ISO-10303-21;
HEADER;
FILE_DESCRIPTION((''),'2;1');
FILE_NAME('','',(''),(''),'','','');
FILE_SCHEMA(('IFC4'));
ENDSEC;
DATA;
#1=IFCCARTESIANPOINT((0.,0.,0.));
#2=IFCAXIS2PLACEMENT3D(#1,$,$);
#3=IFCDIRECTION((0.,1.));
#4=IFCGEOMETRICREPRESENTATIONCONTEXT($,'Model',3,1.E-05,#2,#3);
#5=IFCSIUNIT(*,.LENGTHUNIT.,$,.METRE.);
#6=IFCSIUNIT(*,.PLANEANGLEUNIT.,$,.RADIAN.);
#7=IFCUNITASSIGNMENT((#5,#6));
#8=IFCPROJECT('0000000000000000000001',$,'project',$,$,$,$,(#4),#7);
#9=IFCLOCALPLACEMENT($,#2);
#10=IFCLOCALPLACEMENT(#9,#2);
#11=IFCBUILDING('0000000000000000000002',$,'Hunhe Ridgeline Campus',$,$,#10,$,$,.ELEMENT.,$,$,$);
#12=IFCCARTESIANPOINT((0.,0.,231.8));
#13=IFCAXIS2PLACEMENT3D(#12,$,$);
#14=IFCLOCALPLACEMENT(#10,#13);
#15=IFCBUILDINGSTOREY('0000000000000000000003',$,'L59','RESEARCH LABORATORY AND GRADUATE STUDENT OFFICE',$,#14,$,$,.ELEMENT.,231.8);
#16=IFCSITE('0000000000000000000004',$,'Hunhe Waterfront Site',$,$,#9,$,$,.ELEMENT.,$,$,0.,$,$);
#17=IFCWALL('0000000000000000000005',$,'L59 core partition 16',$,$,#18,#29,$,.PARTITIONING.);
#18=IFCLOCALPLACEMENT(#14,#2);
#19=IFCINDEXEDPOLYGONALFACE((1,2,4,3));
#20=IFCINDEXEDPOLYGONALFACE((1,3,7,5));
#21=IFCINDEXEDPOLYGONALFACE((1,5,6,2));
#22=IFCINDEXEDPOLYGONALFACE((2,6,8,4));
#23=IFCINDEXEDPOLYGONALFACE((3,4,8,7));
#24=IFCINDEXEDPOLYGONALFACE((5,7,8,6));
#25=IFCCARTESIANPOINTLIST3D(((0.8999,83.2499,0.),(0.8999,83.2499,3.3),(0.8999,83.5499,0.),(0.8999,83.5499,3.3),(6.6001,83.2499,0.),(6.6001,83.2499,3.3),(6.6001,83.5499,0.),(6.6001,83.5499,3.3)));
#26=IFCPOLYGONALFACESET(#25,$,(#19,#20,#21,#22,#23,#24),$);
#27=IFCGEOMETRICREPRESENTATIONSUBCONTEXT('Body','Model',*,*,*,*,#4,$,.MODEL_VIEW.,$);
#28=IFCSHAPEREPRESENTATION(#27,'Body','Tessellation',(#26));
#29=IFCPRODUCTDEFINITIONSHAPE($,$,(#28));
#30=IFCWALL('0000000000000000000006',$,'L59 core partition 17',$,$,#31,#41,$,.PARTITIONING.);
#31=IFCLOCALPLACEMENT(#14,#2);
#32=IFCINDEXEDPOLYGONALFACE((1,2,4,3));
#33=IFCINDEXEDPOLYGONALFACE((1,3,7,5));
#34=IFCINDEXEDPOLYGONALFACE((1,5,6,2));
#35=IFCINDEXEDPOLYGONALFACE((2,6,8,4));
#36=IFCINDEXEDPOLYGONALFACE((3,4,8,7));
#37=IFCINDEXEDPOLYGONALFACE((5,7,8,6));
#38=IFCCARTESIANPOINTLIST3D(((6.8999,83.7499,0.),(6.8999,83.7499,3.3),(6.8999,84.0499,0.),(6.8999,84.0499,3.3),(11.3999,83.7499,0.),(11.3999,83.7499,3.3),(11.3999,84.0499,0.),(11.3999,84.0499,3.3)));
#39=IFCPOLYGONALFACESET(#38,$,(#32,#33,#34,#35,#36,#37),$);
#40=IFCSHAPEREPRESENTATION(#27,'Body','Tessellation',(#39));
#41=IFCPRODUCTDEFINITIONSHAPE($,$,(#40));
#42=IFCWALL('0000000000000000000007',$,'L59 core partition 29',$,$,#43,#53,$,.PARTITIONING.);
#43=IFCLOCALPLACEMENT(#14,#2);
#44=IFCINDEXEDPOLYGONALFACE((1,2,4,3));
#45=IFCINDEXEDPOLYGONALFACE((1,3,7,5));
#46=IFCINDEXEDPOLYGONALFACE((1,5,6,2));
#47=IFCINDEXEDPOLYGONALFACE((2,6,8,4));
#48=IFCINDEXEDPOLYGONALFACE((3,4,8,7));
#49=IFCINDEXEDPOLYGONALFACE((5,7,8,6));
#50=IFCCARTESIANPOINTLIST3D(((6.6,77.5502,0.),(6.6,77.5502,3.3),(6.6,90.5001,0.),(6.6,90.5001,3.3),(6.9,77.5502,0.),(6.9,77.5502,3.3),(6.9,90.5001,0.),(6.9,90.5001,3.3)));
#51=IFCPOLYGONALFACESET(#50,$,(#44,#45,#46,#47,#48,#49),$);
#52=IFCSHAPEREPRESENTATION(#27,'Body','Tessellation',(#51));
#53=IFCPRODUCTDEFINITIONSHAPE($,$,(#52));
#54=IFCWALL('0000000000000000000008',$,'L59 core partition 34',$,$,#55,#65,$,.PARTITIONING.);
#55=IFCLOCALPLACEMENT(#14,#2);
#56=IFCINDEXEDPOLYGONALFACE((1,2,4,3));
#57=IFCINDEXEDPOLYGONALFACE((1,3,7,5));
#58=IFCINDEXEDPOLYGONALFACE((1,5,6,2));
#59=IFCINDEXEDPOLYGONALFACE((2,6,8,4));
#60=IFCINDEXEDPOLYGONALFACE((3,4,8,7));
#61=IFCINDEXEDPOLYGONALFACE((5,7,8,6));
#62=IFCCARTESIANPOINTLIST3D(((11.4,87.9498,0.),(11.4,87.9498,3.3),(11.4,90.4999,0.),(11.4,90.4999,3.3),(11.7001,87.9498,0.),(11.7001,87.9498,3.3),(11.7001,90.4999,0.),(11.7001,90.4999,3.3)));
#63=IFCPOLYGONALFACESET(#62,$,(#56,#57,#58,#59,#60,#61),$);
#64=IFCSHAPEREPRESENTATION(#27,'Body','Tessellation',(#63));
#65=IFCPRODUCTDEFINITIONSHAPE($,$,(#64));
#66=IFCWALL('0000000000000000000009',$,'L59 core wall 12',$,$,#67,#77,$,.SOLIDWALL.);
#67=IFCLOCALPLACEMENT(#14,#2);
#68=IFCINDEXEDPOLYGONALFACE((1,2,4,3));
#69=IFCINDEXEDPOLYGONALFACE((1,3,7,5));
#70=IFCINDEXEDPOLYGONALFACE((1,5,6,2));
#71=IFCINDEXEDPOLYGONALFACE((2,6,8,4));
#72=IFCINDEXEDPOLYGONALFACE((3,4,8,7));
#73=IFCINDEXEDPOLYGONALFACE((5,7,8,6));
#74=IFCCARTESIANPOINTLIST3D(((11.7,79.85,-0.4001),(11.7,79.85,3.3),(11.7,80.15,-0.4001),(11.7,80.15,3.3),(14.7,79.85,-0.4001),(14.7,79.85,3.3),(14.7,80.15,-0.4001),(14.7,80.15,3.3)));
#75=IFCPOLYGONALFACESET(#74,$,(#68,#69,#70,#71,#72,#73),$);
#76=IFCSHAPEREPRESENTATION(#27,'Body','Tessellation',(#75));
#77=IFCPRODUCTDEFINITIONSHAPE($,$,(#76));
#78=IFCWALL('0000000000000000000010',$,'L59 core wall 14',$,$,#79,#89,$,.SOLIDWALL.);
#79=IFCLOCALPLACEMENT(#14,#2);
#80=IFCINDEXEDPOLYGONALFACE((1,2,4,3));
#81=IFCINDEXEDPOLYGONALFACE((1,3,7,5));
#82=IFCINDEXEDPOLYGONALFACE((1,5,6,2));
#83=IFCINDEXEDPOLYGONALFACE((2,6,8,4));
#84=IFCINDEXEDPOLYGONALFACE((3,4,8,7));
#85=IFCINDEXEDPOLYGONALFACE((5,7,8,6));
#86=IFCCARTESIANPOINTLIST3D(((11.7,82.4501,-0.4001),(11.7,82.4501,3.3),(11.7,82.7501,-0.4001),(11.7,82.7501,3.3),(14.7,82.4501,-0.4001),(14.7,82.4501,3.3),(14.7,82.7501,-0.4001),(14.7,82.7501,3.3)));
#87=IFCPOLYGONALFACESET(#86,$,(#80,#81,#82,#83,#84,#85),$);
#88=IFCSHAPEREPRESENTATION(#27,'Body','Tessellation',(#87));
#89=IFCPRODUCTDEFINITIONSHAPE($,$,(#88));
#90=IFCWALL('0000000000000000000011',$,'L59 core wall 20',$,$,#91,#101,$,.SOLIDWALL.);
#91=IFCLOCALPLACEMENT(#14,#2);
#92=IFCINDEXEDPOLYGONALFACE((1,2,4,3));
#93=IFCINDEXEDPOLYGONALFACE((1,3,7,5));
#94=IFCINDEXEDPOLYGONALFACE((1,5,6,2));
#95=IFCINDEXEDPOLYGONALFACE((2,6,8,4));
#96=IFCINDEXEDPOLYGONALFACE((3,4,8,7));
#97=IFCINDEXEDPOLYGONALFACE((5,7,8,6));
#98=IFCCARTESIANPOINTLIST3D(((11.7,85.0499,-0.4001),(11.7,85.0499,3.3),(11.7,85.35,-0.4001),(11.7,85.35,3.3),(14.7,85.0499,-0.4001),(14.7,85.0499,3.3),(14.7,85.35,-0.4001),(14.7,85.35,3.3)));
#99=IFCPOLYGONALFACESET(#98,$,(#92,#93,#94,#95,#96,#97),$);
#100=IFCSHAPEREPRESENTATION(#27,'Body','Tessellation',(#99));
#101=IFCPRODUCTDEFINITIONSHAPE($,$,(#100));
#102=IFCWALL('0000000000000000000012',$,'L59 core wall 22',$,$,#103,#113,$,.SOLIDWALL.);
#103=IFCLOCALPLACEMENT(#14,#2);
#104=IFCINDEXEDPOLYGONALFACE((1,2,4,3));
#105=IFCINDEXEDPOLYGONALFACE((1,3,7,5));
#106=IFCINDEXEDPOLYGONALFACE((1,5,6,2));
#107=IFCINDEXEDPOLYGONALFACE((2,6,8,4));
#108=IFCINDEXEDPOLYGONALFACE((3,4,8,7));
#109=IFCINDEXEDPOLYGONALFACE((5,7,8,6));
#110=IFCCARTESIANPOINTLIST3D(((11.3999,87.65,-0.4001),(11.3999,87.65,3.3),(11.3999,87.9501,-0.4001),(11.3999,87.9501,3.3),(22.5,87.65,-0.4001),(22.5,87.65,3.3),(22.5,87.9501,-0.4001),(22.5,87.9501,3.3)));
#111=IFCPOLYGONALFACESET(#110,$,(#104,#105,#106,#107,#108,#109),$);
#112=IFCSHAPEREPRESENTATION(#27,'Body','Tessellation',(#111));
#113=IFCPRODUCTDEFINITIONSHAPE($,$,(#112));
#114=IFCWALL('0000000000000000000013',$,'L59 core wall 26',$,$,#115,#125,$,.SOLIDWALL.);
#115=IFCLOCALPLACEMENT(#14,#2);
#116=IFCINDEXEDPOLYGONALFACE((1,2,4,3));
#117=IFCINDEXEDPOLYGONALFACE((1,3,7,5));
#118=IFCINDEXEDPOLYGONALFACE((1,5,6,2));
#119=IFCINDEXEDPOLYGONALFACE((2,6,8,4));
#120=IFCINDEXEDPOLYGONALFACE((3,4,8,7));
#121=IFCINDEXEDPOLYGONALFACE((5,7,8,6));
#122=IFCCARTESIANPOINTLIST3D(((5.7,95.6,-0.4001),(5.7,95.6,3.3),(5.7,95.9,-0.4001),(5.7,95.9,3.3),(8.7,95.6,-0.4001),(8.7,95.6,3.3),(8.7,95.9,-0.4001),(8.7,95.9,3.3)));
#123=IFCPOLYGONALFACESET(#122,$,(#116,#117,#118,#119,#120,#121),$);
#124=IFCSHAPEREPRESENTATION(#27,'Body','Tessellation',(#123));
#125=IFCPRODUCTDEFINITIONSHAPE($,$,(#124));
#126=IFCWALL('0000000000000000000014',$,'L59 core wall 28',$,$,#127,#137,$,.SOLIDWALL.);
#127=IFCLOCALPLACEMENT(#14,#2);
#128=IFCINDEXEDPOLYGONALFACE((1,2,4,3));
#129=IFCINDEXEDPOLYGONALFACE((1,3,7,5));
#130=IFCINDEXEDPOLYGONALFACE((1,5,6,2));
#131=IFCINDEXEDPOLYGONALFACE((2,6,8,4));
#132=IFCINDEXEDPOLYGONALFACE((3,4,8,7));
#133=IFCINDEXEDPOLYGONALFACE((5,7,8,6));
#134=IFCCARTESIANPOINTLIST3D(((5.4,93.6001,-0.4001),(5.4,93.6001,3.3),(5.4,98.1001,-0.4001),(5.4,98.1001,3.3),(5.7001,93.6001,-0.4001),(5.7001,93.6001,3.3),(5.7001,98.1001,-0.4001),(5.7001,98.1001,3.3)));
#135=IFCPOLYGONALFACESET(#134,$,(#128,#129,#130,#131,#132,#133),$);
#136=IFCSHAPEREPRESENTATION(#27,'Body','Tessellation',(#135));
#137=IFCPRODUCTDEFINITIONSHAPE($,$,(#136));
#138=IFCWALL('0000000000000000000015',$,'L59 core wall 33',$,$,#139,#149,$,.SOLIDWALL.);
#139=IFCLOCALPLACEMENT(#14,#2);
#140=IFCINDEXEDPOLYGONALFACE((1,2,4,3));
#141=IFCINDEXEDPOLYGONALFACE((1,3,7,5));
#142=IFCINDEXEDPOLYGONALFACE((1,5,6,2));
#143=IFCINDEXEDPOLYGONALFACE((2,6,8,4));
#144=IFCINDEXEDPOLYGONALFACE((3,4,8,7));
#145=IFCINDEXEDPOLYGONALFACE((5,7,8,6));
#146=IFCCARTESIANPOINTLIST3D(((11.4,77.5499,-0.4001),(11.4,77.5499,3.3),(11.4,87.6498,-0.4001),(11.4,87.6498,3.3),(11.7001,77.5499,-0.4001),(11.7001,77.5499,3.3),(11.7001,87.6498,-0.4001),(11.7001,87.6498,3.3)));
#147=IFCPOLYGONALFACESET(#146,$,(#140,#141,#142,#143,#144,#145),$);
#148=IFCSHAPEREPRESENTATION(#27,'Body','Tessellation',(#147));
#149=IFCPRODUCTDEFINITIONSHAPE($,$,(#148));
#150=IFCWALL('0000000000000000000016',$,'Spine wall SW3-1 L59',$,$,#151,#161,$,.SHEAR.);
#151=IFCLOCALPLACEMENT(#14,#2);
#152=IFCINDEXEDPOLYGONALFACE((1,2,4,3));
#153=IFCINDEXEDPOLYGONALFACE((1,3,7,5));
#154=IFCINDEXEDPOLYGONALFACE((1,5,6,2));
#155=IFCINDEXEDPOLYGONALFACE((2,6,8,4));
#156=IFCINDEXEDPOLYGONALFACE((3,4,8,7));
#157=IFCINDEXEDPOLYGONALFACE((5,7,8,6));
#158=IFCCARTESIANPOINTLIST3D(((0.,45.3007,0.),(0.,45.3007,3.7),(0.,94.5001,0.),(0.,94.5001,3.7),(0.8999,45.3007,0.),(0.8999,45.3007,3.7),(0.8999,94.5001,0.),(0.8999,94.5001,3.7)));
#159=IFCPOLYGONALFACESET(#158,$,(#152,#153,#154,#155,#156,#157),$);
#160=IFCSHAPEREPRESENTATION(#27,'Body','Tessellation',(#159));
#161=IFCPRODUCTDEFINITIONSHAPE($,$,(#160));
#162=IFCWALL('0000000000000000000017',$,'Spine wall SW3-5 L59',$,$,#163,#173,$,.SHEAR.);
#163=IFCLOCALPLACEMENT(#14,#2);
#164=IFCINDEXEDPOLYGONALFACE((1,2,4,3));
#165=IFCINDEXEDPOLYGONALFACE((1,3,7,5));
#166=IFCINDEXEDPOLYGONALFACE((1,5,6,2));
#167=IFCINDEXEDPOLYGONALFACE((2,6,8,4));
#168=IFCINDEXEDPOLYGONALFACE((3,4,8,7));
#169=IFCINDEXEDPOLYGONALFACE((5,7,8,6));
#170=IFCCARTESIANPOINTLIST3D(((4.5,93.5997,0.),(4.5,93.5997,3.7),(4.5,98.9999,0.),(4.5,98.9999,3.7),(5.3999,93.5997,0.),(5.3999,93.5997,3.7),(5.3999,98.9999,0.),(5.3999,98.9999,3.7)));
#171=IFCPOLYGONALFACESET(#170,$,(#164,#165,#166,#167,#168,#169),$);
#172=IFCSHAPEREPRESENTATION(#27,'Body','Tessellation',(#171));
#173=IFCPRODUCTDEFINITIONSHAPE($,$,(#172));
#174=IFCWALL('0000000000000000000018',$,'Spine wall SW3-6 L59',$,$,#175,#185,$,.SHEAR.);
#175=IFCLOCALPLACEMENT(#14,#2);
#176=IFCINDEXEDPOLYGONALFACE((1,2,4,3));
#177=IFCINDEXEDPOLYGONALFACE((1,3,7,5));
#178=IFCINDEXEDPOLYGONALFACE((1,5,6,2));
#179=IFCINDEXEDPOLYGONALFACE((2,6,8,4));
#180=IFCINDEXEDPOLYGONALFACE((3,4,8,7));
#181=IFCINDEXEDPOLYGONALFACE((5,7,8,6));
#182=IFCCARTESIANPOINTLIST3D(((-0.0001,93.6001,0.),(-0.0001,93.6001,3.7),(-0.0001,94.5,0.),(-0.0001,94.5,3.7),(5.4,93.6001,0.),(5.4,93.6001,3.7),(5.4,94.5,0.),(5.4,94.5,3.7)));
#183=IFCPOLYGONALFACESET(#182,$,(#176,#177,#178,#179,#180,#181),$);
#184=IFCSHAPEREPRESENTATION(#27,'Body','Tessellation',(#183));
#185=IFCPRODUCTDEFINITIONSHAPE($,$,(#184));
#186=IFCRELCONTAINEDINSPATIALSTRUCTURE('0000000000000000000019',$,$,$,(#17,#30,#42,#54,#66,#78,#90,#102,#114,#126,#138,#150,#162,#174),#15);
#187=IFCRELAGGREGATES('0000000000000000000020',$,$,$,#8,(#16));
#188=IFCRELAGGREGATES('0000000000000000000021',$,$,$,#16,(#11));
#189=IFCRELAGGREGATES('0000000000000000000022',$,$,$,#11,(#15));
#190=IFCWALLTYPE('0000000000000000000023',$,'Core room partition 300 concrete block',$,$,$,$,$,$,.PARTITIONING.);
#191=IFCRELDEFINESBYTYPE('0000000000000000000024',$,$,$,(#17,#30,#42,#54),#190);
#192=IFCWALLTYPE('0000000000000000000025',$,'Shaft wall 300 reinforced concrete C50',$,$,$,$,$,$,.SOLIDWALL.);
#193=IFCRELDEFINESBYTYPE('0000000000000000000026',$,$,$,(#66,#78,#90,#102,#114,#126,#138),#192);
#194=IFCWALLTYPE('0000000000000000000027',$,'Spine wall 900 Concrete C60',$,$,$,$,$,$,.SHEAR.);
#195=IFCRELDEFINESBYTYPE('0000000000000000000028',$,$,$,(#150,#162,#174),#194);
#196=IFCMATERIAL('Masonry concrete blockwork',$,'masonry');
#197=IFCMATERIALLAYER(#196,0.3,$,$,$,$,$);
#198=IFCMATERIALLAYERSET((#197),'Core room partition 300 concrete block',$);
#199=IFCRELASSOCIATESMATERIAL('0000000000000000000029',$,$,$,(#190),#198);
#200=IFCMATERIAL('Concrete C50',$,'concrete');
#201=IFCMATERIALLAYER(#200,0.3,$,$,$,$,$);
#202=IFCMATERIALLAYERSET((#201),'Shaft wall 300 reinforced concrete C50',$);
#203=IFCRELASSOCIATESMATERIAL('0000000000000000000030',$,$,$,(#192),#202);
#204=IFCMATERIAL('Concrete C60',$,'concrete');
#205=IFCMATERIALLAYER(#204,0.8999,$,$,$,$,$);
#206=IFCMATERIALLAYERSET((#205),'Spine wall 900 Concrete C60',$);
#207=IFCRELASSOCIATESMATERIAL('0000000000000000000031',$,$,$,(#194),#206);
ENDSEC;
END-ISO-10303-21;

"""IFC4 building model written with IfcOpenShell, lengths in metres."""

from ifc_helpers import new_model, si_unit, direction, frame, frame_2d, origin, place, context, subcontext, project, spatial, rectangle, extrude, material, layer, layer_set, type_object, element, save


model = new_model("IFC4")

# Units and contexts
model_context = context("Model", 3, precision=1e-05, world=origin(), true_north=direction((0.0, 1.0)))
body_context = subcontext(model_context, "Body", "Model", "MODEL_VIEW")
ifc_project = project(units=[si_unit("LENGTHUNIT", "METRE"), si_unit("PLANEANGLEUNIT", "RADIAN")], contexts=[model_context])

# Site, building, storey
site_placement = place(None, origin())
site = spatial("IfcSite", under=ifc_project, at=site_placement, Name="Hunhe Waterfront Site", CompositionType="ELEMENT", RefElevation=0.0)
building_placement = place(site_placement, origin())
building = spatial("IfcBuilding", under=site, at=building_placement, Name="Hunhe Ridgeline Campus", CompositionType="ELEMENT")
storey_placement = place(building_placement, frame((0.0, 0.0, 231.8)))
storey = spatial("IfcBuildingStorey", under=building, at=storey_placement, Name="L59", Description="RESEARCH LABORATORY AND GRADUATE STUDENT OFFICE", CompositionType="ELEMENT", Elevation=231.8)

# Walls
ifc_material_1 = material(Name="Masonry concrete blockwork", Category="masonry")
ifc_layer_1 = layer(ifc_material_1, 0.3)
ifc_layer_set_1 = layer_set([ifc_layer_1], Name="Core room partition 300 concrete block")
wall_type_1 = type_object("IfcWallType", Name="Core room partition 300 concrete block", PredefinedType="PARTITIONING", material=ifc_layer_set_1)
wall_1_placement = place(storey_placement, frame((0.8999, 83.3999, 0.0), z_axis=(0.0, 0.0, 1.0), x_axis=(1.0, 0.0, 0.0)))
element("IfcWall", 1, at=wall_1_placement, inside=storey, type_object=wall_type_1, Name="L59 core partition 16", PredefinedType="PARTITIONING", context=body_context, shape_type="SweptSolid", body=[
    extrude(rectangle(XDim=5.7002, YDim=0.3, at=frame_2d((2.8501, 0.0))), origin(), (0.0, 0.0, 1.0), 3.3),
])
wall_2_placement = place(storey_placement, frame((6.8999, 83.8999, 0.0), z_axis=(0.0, 0.0, 1.0), x_axis=(1.0, 0.0, 0.0)))
element("IfcWall", 2, at=wall_2_placement, inside=storey, type_object=wall_type_1, Name="L59 core partition 17", PredefinedType="PARTITIONING", context=body_context, shape_type="SweptSolid", body=[
    extrude(rectangle(XDim=4.5, YDim=0.3, at=frame_2d((2.25, 0.0))), origin(), (0.0, 0.0, 1.0), 3.3),
])
wall_3_placement = place(storey_placement, frame((6.75, 77.55, 0.0), z_axis=(0.0, 0.0, 1.0), x_axis=(0.0, 1.0, 0.0)))
element("IfcWall", 3, at=wall_3_placement, inside=storey, type_object=wall_type_1, Name="L59 core partition 29", PredefinedType="PARTITIONING", context=body_context, shape_type="SweptSolid", body=[
    extrude(rectangle(XDim=12.95, YDim=0.3, at=frame_2d((6.4751, 0.0))), origin(), (0.0, 0.0, 1.0), 3.3),
])
wall_4_placement = place(storey_placement, frame((11.55, 87.95, 0.0), z_axis=(0.0, 0.0, 1.0), x_axis=(0.0, 1.0, 0.0)))
element("IfcWall", 4, at=wall_4_placement, inside=storey, type_object=wall_type_1, Name="L59 core partition 34", PredefinedType="PARTITIONING", context=body_context, shape_type="SweptSolid", body=[
    extrude(rectangle(XDim=2.55, YDim=0.3, at=frame_2d((1.2749, 0.0))), origin(), (0.0, 0.0, 1.0), 3.3),
])

# Shared definitions
ifc_material_2 = material(Name="Concrete C50", Category="concrete")

# Walls
ifc_layer_2 = layer(ifc_material_2, 0.3)
ifc_layer_set_2 = layer_set([ifc_layer_2], Name="Shaft wall 300 reinforced concrete C50")
wall_type_2 = type_object("IfcWallType", Name="Shaft wall 300 reinforced concrete C50", PredefinedType="SOLIDWALL", material=ifc_layer_set_2)
for number, where, z_axis, x_axis, name in (
    (5, (11.7, 80.0, -0.4001), (0.0, 0.0, 1.0), (1.0, 0.0, 0.0), "L59 core wall 12"),
    (6, (11.7, 82.6001, -0.4001), (0.0, 0.0, 1.0), (1.0, 0.0, 0.0), "L59 core wall 14"),
    (7, (11.7, 85.2, -0.4001), (0.0, 0.0, 1.0), (1.0, 0.0, 0.0), "L59 core wall 20"),
):
    element("IfcWall", number, at=place(storey_placement, frame(where, z_axis=z_axis, x_axis=x_axis)), inside=storey, type_object=wall_type_2, Name=name, PredefinedType="SOLIDWALL", context=body_context, shape_type="SweptSolid", body=[
        extrude(rectangle(XDim=3.0, YDim=0.3, at=frame_2d((1.5, 0.0))), origin(), (0.0, 0.0, 1.0), 3.7002),
    ])
wall_5_placement = place(storey_placement, frame((11.3999, 87.8, -0.4001), z_axis=(0.0, 0.0, 1.0), x_axis=(1.0, 0.0, 0.0)))
element("IfcWall", 8, at=wall_5_placement, inside=storey, type_object=wall_type_2, Name="L59 core wall 22", PredefinedType="SOLIDWALL", context=body_context, shape_type="SweptSolid", body=[
    extrude(rectangle(XDim=11.1001, YDim=0.3, at=frame_2d((5.55, 0.0))), origin(), (0.0, 0.0, 1.0), 3.7002),
])

# Walls
wall_6_placement = place(storey_placement, frame((5.7, 95.75, -0.4001), z_axis=(0.0, 0.0, 1.0), x_axis=(1.0, 0.0, 0.0)))
element("IfcWall", 9, at=wall_6_placement, inside=storey, type_object=wall_type_2, Name="L59 core wall 26", PredefinedType="SOLIDWALL", context=body_context, shape_type="SweptSolid", body=[
    extrude(rectangle(XDim=3.0, YDim=0.3, at=frame_2d((1.5, 0.0))), origin(), (0.0, 0.0, 1.0), 3.7002),
])
wall_7_placement = place(storey_placement, frame((5.55, 93.6001, -0.4001), z_axis=(0.0, 0.0, 1.0), x_axis=(0.0, 1.0, 0.0)))
element("IfcWall", 10, at=wall_7_placement, inside=storey, type_object=wall_type_2, Name="L59 core wall 28", PredefinedType="SOLIDWALL", context=body_context, shape_type="SweptSolid", body=[
    extrude(rectangle(XDim=4.5, YDim=0.3, at=frame_2d((2.25, 0.0))), origin(), (0.0, 0.0, 1.0), 3.7002),
])

# Walls
wall_8_placement = place(storey_placement, frame((11.55, 77.55, -0.4001), z_axis=(0.0, 0.0, 1.0), x_axis=(0.0, 1.0, 0.0)))
element("IfcWall", 11, at=wall_8_placement, inside=storey, type_object=wall_type_2, Name="L59 core wall 33", PredefinedType="SOLIDWALL", context=body_context, shape_type="SweptSolid", body=[
    extrude(rectangle(XDim=10.0999, YDim=0.3, at=frame_2d((5.0498, 0.0))), origin(), (0.0, 0.0, 1.0), 3.7002),
])
ifc_material_3 = material(Name="Concrete C60", Category="concrete")
ifc_layer_3 = layer(ifc_material_3, 0.8999)
ifc_layer_set_3 = layer_set([ifc_layer_3], Name="Spine wall 900 Concrete C60")
wall_type_3 = type_object("IfcWallType", Name="Spine wall 900 Concrete C60", PredefinedType="SHEAR", material=ifc_layer_set_3)
wall_9_placement = place(storey_placement, frame((0.45, 94.5, 0.0), z_axis=(0.0, 0.0, 1.0), x_axis=(0.0, -1.0, 0.0)))
element("IfcWall", 12, at=wall_9_placement, inside=storey, type_object=wall_type_3, Name="Spine wall SW3-1 L59", PredefinedType="SHEAR", context=body_context, shape_type="SweptSolid", body=[
    extrude(rectangle(XDim=49.1995, YDim=0.8999, at=frame_2d((24.5996, 0.0))), origin(), (0.0, 0.0, 1.0), 3.7),
])
for number, where, z_axis, x_axis, name in (
    (13, (4.95, 99.0, 0.0), (0.0, 0.0, 1.0), (0.0, -1.0, 0.0), "Spine wall SW3-5 L59"),
    (14, (5.4001, 94.05, 0.0), (0.0, 0.0, 1.0), (-1.0, 0.0, 0.0), "Spine wall SW3-6 L59"),
):
    element("IfcWall", number, at=place(storey_placement, frame(where, z_axis=z_axis, x_axis=x_axis)), inside=storey, type_object=wall_type_3, Name=name, PredefinedType="SHEAR", context=body_context, shape_type="SweptSolid", body=[
        extrude(rectangle(XDim=5.4001, YDim=0.8999, at=frame_2d((2.7002, 0.0))), origin(), (0.0, 0.0, 1.0), 3.7),
    ])

save(model, "model.ifc")
